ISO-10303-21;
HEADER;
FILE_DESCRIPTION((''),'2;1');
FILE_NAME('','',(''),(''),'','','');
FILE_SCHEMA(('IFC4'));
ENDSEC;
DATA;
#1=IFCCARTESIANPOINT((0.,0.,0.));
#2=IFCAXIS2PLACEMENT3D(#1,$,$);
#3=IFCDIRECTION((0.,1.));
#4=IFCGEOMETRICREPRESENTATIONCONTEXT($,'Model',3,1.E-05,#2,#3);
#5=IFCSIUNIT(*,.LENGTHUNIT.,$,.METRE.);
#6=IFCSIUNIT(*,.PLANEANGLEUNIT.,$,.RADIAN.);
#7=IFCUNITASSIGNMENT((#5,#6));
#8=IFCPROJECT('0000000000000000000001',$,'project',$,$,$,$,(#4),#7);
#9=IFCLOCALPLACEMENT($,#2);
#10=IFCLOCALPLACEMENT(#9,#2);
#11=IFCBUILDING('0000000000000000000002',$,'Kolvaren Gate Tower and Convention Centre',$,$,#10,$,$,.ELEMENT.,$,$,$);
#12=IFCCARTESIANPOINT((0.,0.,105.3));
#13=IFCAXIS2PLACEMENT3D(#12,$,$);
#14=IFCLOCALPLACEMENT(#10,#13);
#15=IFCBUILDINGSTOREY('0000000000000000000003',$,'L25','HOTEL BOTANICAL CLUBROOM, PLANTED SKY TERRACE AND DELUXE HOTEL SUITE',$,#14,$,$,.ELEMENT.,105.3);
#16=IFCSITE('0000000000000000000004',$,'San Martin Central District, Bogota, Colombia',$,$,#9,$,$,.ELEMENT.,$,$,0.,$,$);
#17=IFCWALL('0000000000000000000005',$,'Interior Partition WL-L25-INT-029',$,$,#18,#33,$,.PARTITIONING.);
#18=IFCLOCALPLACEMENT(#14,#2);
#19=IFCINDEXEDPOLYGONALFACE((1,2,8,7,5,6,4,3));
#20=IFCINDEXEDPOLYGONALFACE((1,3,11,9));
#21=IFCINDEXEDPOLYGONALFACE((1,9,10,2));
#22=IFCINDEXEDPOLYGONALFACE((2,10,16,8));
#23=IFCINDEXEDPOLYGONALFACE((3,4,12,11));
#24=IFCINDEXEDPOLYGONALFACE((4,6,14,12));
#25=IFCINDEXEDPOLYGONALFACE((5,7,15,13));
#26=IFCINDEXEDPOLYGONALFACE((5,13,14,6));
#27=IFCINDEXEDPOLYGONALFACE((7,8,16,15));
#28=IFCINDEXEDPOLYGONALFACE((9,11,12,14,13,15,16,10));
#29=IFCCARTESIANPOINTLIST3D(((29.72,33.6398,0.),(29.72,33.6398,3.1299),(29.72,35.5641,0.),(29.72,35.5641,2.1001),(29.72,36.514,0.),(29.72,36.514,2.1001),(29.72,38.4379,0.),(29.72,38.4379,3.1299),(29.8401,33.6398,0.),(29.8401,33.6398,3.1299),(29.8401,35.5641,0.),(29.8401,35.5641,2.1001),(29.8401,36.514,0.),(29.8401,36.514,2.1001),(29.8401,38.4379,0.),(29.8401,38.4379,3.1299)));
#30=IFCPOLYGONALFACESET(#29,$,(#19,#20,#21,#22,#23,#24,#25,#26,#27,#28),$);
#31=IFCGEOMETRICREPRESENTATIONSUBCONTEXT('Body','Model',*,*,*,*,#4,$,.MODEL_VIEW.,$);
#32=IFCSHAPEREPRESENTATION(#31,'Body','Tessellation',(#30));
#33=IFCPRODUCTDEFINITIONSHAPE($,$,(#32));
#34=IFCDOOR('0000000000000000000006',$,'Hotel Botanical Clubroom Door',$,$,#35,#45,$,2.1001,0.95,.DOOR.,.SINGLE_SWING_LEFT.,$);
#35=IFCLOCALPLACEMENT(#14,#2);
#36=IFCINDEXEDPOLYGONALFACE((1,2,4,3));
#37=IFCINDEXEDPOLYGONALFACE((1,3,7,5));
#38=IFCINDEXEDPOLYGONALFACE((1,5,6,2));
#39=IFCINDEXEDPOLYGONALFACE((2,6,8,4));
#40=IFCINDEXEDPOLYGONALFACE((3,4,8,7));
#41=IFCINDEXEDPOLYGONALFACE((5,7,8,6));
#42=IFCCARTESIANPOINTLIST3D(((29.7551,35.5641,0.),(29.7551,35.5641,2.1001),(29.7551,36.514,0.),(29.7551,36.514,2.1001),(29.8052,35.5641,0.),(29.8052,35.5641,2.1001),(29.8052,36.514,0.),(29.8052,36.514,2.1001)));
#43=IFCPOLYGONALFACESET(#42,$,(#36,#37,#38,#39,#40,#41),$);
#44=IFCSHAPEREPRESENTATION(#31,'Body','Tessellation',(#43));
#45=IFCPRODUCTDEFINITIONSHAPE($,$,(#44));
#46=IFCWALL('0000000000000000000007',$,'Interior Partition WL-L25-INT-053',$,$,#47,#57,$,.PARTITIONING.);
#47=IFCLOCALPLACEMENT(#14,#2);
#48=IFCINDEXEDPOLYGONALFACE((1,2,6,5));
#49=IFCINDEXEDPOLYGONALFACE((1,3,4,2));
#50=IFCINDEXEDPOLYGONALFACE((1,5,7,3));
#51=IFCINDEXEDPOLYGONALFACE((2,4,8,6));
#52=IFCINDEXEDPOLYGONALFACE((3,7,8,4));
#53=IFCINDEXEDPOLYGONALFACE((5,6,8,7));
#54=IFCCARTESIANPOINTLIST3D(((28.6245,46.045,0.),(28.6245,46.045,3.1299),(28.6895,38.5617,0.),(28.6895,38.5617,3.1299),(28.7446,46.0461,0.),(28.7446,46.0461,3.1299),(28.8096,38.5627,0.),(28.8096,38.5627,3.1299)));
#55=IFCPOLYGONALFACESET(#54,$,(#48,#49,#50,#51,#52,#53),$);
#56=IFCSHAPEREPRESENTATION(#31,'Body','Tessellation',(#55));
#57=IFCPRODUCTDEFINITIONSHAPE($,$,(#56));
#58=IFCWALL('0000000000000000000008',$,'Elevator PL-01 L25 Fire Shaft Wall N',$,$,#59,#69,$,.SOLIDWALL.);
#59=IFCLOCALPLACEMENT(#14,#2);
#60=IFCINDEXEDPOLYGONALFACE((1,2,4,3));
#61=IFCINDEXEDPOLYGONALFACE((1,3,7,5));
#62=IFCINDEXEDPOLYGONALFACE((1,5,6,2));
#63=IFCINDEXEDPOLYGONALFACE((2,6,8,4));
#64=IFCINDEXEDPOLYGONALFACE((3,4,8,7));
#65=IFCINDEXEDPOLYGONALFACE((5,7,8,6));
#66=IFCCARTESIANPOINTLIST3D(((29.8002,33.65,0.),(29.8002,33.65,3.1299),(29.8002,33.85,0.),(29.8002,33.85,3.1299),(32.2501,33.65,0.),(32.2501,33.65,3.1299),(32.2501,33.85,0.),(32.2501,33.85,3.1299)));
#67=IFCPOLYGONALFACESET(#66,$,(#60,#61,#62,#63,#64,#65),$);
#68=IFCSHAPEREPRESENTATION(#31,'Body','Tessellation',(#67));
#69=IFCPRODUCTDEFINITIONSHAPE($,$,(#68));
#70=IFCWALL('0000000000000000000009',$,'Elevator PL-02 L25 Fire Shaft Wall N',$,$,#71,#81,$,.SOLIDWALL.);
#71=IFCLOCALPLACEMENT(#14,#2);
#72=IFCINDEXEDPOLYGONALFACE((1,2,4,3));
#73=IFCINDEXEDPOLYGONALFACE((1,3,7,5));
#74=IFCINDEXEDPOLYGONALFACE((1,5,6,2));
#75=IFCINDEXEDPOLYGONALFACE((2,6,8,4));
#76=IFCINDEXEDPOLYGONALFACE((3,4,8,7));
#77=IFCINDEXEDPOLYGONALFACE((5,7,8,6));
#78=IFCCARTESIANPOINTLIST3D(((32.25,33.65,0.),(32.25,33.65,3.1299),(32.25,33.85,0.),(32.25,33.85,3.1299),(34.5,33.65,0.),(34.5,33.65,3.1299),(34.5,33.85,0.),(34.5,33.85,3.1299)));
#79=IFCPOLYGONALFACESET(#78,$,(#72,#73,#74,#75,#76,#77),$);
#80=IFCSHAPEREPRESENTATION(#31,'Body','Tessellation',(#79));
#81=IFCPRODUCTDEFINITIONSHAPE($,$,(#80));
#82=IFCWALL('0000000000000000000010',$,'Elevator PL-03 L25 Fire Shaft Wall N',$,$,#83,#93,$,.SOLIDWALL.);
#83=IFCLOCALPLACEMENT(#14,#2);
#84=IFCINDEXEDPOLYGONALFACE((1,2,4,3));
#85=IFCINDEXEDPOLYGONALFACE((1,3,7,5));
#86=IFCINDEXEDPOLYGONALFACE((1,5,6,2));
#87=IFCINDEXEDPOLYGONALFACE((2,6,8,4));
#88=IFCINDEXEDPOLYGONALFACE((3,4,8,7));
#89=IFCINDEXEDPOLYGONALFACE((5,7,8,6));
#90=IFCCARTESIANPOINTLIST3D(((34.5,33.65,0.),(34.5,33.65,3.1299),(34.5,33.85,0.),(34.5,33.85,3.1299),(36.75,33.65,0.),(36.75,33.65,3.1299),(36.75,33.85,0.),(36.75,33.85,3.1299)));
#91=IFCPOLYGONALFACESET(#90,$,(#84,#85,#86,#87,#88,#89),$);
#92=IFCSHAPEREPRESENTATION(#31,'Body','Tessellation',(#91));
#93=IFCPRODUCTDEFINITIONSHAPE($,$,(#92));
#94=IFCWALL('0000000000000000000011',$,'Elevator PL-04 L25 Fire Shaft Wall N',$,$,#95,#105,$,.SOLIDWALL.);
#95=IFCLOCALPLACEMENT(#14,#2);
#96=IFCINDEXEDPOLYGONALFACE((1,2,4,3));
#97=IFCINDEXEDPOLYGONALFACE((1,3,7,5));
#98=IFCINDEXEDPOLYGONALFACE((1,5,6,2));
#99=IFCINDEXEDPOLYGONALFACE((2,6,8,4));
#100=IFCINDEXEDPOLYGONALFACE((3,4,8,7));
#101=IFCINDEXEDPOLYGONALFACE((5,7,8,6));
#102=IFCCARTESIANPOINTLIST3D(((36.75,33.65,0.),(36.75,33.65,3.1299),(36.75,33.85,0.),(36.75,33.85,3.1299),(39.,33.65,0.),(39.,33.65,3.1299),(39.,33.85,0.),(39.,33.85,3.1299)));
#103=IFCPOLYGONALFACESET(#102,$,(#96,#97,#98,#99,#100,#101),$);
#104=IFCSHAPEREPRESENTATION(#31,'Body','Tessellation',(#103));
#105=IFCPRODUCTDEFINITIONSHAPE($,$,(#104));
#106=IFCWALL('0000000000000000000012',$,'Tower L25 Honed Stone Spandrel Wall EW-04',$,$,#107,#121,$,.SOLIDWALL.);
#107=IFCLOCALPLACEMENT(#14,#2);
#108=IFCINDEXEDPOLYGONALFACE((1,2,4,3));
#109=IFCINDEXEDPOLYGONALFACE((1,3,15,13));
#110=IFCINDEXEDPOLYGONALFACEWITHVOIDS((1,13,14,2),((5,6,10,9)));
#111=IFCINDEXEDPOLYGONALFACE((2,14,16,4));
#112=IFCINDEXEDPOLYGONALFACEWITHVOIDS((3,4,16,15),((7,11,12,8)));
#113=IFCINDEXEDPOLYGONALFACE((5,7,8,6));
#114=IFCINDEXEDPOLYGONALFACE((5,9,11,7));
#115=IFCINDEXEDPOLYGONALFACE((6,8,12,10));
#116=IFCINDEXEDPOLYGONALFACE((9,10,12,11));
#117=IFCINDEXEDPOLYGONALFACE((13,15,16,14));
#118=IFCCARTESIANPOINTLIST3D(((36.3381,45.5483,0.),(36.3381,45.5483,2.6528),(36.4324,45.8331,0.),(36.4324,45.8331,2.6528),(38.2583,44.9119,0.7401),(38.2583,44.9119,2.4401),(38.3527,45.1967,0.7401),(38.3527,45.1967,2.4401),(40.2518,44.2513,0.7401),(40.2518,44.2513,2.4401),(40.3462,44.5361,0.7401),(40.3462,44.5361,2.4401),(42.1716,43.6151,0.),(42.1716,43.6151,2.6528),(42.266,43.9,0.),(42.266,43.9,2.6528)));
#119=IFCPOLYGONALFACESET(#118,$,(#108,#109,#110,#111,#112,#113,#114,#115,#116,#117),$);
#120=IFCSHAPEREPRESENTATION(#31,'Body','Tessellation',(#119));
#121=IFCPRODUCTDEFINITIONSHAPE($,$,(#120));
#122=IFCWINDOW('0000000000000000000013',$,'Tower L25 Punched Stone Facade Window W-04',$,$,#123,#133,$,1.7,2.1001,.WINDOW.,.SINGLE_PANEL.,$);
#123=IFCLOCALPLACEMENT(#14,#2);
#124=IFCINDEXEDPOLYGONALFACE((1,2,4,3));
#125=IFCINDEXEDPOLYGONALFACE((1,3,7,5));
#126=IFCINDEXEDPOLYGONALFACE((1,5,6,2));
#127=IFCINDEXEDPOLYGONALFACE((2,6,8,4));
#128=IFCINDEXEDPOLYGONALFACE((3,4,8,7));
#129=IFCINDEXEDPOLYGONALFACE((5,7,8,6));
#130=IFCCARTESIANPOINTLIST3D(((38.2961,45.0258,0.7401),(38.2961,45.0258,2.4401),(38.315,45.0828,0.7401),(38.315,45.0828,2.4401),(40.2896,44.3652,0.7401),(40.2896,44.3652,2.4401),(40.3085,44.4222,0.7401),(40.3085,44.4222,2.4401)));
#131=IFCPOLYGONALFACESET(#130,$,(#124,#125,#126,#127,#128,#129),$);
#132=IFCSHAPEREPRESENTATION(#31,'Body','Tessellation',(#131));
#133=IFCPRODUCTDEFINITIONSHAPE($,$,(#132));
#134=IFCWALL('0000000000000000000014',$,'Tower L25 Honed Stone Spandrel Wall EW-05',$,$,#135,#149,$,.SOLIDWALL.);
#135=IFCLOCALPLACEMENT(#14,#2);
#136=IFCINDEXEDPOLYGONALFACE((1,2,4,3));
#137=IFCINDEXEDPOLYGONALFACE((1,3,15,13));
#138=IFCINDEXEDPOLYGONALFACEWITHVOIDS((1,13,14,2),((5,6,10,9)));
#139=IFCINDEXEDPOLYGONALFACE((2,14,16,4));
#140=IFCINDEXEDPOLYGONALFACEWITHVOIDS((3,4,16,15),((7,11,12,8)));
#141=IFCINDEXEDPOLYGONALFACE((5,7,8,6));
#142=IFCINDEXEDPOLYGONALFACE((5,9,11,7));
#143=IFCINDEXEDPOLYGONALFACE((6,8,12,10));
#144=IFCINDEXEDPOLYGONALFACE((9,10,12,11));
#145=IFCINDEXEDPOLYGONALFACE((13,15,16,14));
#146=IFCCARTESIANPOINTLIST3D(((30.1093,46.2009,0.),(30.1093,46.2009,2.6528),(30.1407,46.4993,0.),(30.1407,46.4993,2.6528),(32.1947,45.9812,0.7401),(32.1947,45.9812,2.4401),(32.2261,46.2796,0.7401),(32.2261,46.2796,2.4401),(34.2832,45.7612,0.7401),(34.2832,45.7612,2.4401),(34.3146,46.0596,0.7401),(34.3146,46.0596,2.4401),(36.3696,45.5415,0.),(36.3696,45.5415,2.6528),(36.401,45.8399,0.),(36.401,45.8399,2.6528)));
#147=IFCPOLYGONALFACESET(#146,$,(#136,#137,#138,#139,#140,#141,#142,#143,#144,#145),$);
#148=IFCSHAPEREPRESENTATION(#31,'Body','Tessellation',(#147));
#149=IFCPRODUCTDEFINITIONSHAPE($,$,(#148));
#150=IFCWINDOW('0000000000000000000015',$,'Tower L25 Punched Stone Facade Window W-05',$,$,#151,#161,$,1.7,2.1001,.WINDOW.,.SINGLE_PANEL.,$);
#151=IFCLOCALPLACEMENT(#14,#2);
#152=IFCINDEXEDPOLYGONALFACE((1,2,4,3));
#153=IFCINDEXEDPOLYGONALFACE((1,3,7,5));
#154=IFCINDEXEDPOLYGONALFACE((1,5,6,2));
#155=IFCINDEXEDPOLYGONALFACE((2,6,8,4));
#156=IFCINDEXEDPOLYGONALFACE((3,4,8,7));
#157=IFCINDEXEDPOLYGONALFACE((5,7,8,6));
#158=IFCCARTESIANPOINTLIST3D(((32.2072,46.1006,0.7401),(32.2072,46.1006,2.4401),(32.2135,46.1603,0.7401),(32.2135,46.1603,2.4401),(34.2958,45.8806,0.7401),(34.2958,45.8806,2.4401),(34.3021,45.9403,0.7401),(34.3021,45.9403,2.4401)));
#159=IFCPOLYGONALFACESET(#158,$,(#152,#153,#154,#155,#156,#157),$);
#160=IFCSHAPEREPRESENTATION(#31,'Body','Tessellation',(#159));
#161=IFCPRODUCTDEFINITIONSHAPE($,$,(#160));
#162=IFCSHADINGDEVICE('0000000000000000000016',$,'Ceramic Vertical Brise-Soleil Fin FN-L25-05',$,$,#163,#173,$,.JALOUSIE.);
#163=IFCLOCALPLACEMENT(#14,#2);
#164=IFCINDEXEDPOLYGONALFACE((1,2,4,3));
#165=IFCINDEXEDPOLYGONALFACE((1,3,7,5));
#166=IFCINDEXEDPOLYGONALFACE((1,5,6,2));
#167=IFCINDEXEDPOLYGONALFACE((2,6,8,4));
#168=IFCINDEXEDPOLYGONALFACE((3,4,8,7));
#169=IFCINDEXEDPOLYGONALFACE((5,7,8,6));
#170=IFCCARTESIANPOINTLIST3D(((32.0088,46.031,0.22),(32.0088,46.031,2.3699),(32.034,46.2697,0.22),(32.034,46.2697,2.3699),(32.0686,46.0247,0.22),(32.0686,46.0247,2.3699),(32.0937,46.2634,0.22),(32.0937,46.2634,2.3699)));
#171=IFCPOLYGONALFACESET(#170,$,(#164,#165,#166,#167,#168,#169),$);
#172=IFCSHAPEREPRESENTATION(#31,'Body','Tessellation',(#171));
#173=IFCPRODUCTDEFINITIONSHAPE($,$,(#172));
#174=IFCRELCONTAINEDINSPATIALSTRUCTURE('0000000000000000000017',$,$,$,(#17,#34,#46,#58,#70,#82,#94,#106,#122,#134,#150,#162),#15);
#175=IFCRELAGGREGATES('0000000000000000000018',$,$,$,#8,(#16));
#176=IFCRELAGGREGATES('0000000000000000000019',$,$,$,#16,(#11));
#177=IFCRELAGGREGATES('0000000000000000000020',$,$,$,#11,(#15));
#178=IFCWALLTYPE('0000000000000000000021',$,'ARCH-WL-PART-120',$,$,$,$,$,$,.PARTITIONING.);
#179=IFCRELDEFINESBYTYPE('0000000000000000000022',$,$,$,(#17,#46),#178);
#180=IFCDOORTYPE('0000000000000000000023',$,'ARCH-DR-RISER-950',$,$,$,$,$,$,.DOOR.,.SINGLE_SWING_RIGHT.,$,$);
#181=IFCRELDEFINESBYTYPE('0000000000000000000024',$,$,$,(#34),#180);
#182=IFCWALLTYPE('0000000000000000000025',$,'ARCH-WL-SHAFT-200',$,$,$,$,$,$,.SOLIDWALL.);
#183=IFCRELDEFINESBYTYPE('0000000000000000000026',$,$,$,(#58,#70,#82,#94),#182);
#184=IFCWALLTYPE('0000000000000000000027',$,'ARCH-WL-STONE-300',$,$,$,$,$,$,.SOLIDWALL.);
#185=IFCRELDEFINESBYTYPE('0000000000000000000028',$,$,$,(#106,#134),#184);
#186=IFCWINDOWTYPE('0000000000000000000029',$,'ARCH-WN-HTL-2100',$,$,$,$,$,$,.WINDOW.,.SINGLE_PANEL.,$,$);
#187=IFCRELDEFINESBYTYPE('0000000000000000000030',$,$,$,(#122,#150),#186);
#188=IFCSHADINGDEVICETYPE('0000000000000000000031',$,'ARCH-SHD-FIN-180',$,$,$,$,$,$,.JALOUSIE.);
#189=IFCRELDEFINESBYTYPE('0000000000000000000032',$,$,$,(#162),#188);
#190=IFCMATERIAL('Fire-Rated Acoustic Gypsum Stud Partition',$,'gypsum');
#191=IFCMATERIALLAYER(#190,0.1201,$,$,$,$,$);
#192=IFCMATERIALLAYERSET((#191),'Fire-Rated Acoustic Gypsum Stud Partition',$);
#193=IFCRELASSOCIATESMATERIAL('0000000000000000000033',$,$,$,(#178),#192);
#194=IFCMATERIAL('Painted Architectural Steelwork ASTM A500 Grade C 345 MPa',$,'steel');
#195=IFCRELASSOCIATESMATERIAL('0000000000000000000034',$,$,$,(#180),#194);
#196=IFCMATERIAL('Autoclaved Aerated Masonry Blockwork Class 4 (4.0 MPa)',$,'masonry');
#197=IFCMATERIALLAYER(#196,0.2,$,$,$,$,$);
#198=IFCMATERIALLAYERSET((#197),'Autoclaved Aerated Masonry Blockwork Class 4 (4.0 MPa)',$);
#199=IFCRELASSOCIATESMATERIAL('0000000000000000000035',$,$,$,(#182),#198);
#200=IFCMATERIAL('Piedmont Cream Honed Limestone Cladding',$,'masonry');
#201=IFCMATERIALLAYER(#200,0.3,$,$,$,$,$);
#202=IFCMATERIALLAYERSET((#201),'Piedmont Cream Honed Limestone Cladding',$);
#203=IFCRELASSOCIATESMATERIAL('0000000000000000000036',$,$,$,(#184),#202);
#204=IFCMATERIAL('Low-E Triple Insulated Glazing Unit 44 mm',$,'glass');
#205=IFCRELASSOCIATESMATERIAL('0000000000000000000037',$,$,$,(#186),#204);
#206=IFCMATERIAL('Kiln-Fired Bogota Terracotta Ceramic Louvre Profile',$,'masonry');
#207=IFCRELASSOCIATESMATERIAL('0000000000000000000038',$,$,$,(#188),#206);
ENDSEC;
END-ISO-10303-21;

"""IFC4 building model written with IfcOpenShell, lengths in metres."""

from ifc_helpers import new_model, si_unit, direction, frame, frame_2d, origin, origin_2d, place, context, subcontext, project, spatial, rectangle, extrude, material, layer, layer_set, type_object, element, fill, save


model = new_model("IFC4")

# Units and contexts
model_context = context("Model", 3, precision=1e-05, world=origin(), true_north=direction((0.0, 1.0)))
body_context = subcontext(model_context, "Body", "Model", "MODEL_VIEW")
ifc_project = project(units=[si_unit("LENGTHUNIT", "METRE"), si_unit("PLANEANGLEUNIT", "RADIAN")], contexts=[model_context])

# Site, building, storey
site_placement = place(None, origin())
site = spatial("IfcSite", under=ifc_project, at=site_placement, Name="San Martin Central District, Bogota, Colombia", CompositionType="ELEMENT", RefElevation=0.0)
building_placement = place(site_placement, origin())
building = spatial("IfcBuilding", under=site, at=building_placement, Name="Kolvaren Gate Tower and Convention Centre", CompositionType="ELEMENT")
storey_placement = place(building_placement, frame((0.0, 0.0, 105.3)))
storey = spatial("IfcBuildingStorey", under=building, at=storey_placement, Name="L25", Description="HOTEL BOTANICAL CLUBROOM, PLANTED SKY TERRACE AND DELUXE HOTEL SUITE", CompositionType="ELEMENT", Elevation=105.3)

# Wall, opening, door
ifc_material_1 = material(Name="Fire-Rated Acoustic Gypsum Stud Partition", Category="gypsum")
ifc_layer_1 = layer(ifc_material_1, 0.1201)
ifc_layer_set_1 = layer_set([ifc_layer_1], Name="Fire-Rated Acoustic Gypsum Stud Partition")
wall_type_1 = type_object("IfcWallType", Name="ARCH-WL-PART-120", PredefinedType="PARTITIONING", material=ifc_layer_set_1)
wall_1_placement = place(storey_placement, frame((29.78, 33.6399, 0.0), z_axis=(0.0, 0.0, 1.0), x_axis=(0.0, 1.0, 0.0)))
wall_1 = element("IfcWall", 1, at=wall_1_placement, inside=storey, type_object=wall_type_1, Name="Interior Partition WL-L25-INT-029", PredefinedType="PARTITIONING", context=body_context, shape_type="SweptSolid", body=[
    extrude(rectangle(XDim=4.7981, YDim=0.1201, at=frame_2d((2.3989, 0.0))), origin(), (0.0, 0.0, 1.0), 3.1299),
])
opening_1_placement = place(wall_1_placement, frame((1.9241, 0.0, 0.0)))
opening_1 = element("IfcOpeningElement", 2, at=opening_1_placement, cuts=wall_1, PredefinedType="OPENING", context=body_context, shape_type="SweptSolid", body=[
    extrude(rectangle(XDim=0.95, YDim=2.1001, at=frame_2d((0.4751, 1.05))), frame((0.0, 0.0701, 0.0), z_axis=(0.0, -1.0, 0.0), x_axis=(1.0, 0.0, 0.0)), (0.0, 0.0, 1.0), 0.1401),
])
ifc_material_2 = material(Name="Painted Architectural Steelwork ASTM A500 Grade C 345 MPa", Category="steel")
door_type = type_object("IfcDoorType", Name="ARCH-DR-RISER-950", OperationType="SINGLE_SWING_RIGHT", PredefinedType="DOOR", material=ifc_material_2)
door_placement = place(opening_1_placement, origin())
door = element("IfcDoor", 3, at=door_placement, inside=storey, type_object=door_type, Name="Hotel Botanical Clubroom Door", OperationType="SINGLE_SWING_LEFT", OverallHeight=2.1001, OverallWidth=0.95, PredefinedType="DOOR", context=body_context, shape_type="SweptSolid", body=[
    extrude(rectangle(XDim=0.95, YDim=2.1001, at=frame_2d((0.4751, 1.05))), frame((0.0, 0.0249, 0.0), z_axis=(0.0, -1.0, 0.0), x_axis=(1.0, 0.0, 0.0)), (0.0, 0.0, 1.0), 0.05),
])
fill(opening_1, door)

# Walls
wall_2_placement = place(storey_placement, frame((28.6846, 46.0454, 0.0), z_axis=(0.0, 0.0, 1.0), x_axis=(0.008678, -0.999962, 0.0)))
element("IfcWall", 4, at=wall_2_placement, inside=storey, type_object=wall_type_1, Name="Interior Partition WL-L25-INT-053", PredefinedType="PARTITIONING", context=body_context, shape_type="SweptSolid", body=[
    extrude(rectangle(XDim=7.4836, YDim=0.1201, at=frame_2d((3.7417, 0.0))), origin(), (0.0, 0.0, 1.0), 3.1299),
])
ifc_material_3 = material(Name="Autoclaved Aerated Masonry Blockwork Class 4 (4.0 MPa)", Category="masonry")
ifc_layer_2 = layer(ifc_material_3, 0.2)
ifc_layer_set_2 = layer_set([ifc_layer_2], Name="Autoclaved Aerated Masonry Blockwork Class 4 (4.0 MPa)")
wall_type_2 = type_object("IfcWallType", Name="ARCH-WL-SHAFT-200", PredefinedType="SOLIDWALL", material=ifc_layer_set_2)
wall_3_placement = place(storey_placement, frame((29.8, 33.75, 0.0), z_axis=(0.0, 0.0, 1.0), x_axis=(1.0, 0.0, 0.0)))
element("IfcWall", 5, at=wall_3_placement, inside=storey, type_object=wall_type_2, Name="Elevator PL-01 L25 Fire Shaft Wall N", PredefinedType="SOLIDWALL", context=body_context, shape_type="SweptSolid", body=[
    extrude(rectangle(XDim=2.45, YDim=0.2, at=frame_2d((1.2251, 0.0))), origin(), (0.0, 0.0, 1.0), 3.1299),
])
for number, where, z_axis, x_axis, name in (
    (6, (32.25, 33.75, 0.0), (0.0, 0.0, 1.0), (1.0, 0.0, 0.0), "Elevator PL-02 L25 Fire Shaft Wall N"),
    (7, (34.5, 33.75, 0.0), (0.0, 0.0, 1.0), (1.0, 0.0, 0.0), "Elevator PL-03 L25 Fire Shaft Wall N"),
    (8, (36.75, 33.75, 0.0), (0.0, 0.0, 1.0), (1.0, 0.0, 0.0), "Elevator PL-04 L25 Fire Shaft Wall N"),
):
    element("IfcWall", number, at=place(storey_placement, frame(where, z_axis=z_axis, x_axis=x_axis)), inside=storey, type_object=wall_type_2, Name=name, PredefinedType="SOLIDWALL", context=body_context, shape_type="SweptSolid", body=[
        extrude(rectangle(XDim=2.25, YDim=0.2, at=frame_2d((1.125, 0.0))), origin(), (0.0, 0.0, 1.0), 3.1299),
    ])

# Walls, openings, windows
ifc_material_4 = material(Name="Piedmont Cream Honed Limestone Cladding", Category="masonry")
ifc_layer_3 = layer(ifc_material_4, 0.3)
ifc_layer_set_3 = layer_set([ifc_layer_3], Name="Piedmont Cream Honed Limestone Cladding")
wall_type_3 = type_object("IfcWallType", Name="ARCH-WL-STONE-300", PredefinedType="SOLIDWALL", material=ifc_layer_set_3)
wall_4_placement = place(storey_placement, frame((36.3853, 45.6907, 0.0), z_axis=(0.0, 0.0, 1.0), x_axis=(0.949238, -0.314559, 0.0)))
wall_4 = element("IfcWall", 9, at=wall_4_placement, inside=storey, type_object=wall_type_3, Name="Tower L25 Honed Stone Spandrel Wall EW-04", PredefinedType="SOLIDWALL", context=body_context, shape_type="SweptSolid", body=[
    extrude(rectangle(XDim=6.1455, YDim=0.3, at=frame_2d((3.0728, 0.0))), origin(), (0.0, 0.0, 1.0), 2.6528),
])
opening_2_placement = place(wall_4_placement, frame((2.0229, 0.0, 0.74)))
opening_2 = element("IfcOpeningElement", 10, at=opening_2_placement, cuts=wall_4, PredefinedType="OPENING", context=body_context, shape_type="SweptSolid", body=[
    extrude(rectangle(XDim=2.1001, YDim=1.7, at=frame_2d((1.05, 0.8501))), frame((0.0, 0.1599, 0.0), z_axis=(0.0, -1.0, 0.0), x_axis=(1.0, 0.0, 0.0)), (0.0, 0.0, 1.0), 0.3201),
])
ifc_material_5 = material(Name="Low-E Triple Insulated Glazing Unit 44 mm", Category="glass")
window_type = type_object("IfcWindowType", Name="ARCH-WN-HTL-2100", PartitioningType="SINGLE_PANEL", PredefinedType="WINDOW", material=ifc_material_5)
window_1_placement = place(opening_2_placement, origin())
window_1 = element("IfcWindow", 11, at=window_1_placement, inside=storey, type_object=window_type, Name="Tower L25 Punched Stone Facade Window W-04", OverallHeight=1.7, OverallWidth=2.1001, PartitioningType="SINGLE_PANEL", PredefinedType="WINDOW", context=body_context, shape_type="SweptSolid", body=[
    extrude(rectangle(XDim=2.1001, YDim=1.7, at=frame_2d((1.05, 0.8501))), frame((0.0, 0.03, 0.0), z_axis=(0.0, -1.0, 0.0), x_axis=(1.0, 0.0, 0.0)), (0.0, 0.0, 1.0), 0.0601),
])
fill(opening_2, window_1)
wall_5_placement = place(storey_placement, frame((30.125, 46.3501, 0.0), z_axis=(0.0, 0.0, 1.0), x_axis=(0.994498, -0.104755, 0.0)))
wall_5 = element("IfcWall", 12, at=wall_5_placement, inside=storey, type_object=wall_type_3, Name="Tower L25 Honed Stone Spandrel Wall EW-05", PredefinedType="SOLIDWALL", context=body_context, shape_type="SweptSolid", body=[
    extrude(rectangle(XDim=6.2949, YDim=0.3, at=frame_2d((3.1475, 0.0))), origin(), (0.0, 0.0, 1.0), 2.6528),
])
opening_3_placement = place(wall_5_placement, frame((2.0969, 0.0, 0.74)))
opening_3 = element("IfcOpeningElement", 13, at=opening_3_placement, cuts=wall_5, PredefinedType="OPENING", context=body_context, shape_type="SweptSolid", body=[
    extrude(rectangle(XDim=2.1001, YDim=1.7, at=frame_2d((1.05, 0.8501))), frame((0.0, 0.1599, 0.0), z_axis=(0.0, -1.0, 0.0), x_axis=(1.0, 0.0, 0.0)), (0.0, 0.0, 1.0), 0.3201),
])
window_2_placement = place(opening_3_placement, origin())
window_2 = element("IfcWindow", 14, at=window_2_placement, inside=storey, type_object=window_type, Name="Tower L25 Punched Stone Facade Window W-05", OverallHeight=1.7, OverallWidth=2.1001, PartitioningType="SINGLE_PANEL", PredefinedType="WINDOW", context=body_context, shape_type="SweptSolid", body=[
    extrude(rectangle(XDim=2.1001, YDim=1.7, at=frame_2d((1.05, 0.8501))), frame((0.0, 0.03, 0.0), z_axis=(0.0, -1.0, 0.0), x_axis=(1.0, 0.0, 0.0)), (0.0, 0.0, 1.0), 0.0601),
])
fill(opening_3, window_2)

# Shading device
ifc_material_6 = material(Name="Kiln-Fired Bogota Terracotta Ceramic Louvre Profile", Category="masonry")
shading_device_type = type_object("IfcShadingDeviceType", Name="ARCH-SHD-FIN-180", PredefinedType="JALOUSIE", material=ifc_material_6)
shading_device_placement = place(storey_placement, frame((32.0513, 46.1472, 0.22), z_axis=(0.0, 0.0, 1.0), x_axis=(0.9945, -0.104737, 0.0)))
element("IfcShadingDevice", 15, at=shading_device_placement, inside=storey, type_object=shading_device_type, Name="Ceramic Vertical Brise-Soleil Fin FN-L25-05", PredefinedType="JALOUSIE", context=body_context, shape_type="SweptSolid", body=[
    extrude(rectangle(XDim=0.0601, YDim=0.24, at=origin_2d()), origin(), (0.0, 0.0, 1.0), 2.1499),
])

save(model, "model.ifc")
